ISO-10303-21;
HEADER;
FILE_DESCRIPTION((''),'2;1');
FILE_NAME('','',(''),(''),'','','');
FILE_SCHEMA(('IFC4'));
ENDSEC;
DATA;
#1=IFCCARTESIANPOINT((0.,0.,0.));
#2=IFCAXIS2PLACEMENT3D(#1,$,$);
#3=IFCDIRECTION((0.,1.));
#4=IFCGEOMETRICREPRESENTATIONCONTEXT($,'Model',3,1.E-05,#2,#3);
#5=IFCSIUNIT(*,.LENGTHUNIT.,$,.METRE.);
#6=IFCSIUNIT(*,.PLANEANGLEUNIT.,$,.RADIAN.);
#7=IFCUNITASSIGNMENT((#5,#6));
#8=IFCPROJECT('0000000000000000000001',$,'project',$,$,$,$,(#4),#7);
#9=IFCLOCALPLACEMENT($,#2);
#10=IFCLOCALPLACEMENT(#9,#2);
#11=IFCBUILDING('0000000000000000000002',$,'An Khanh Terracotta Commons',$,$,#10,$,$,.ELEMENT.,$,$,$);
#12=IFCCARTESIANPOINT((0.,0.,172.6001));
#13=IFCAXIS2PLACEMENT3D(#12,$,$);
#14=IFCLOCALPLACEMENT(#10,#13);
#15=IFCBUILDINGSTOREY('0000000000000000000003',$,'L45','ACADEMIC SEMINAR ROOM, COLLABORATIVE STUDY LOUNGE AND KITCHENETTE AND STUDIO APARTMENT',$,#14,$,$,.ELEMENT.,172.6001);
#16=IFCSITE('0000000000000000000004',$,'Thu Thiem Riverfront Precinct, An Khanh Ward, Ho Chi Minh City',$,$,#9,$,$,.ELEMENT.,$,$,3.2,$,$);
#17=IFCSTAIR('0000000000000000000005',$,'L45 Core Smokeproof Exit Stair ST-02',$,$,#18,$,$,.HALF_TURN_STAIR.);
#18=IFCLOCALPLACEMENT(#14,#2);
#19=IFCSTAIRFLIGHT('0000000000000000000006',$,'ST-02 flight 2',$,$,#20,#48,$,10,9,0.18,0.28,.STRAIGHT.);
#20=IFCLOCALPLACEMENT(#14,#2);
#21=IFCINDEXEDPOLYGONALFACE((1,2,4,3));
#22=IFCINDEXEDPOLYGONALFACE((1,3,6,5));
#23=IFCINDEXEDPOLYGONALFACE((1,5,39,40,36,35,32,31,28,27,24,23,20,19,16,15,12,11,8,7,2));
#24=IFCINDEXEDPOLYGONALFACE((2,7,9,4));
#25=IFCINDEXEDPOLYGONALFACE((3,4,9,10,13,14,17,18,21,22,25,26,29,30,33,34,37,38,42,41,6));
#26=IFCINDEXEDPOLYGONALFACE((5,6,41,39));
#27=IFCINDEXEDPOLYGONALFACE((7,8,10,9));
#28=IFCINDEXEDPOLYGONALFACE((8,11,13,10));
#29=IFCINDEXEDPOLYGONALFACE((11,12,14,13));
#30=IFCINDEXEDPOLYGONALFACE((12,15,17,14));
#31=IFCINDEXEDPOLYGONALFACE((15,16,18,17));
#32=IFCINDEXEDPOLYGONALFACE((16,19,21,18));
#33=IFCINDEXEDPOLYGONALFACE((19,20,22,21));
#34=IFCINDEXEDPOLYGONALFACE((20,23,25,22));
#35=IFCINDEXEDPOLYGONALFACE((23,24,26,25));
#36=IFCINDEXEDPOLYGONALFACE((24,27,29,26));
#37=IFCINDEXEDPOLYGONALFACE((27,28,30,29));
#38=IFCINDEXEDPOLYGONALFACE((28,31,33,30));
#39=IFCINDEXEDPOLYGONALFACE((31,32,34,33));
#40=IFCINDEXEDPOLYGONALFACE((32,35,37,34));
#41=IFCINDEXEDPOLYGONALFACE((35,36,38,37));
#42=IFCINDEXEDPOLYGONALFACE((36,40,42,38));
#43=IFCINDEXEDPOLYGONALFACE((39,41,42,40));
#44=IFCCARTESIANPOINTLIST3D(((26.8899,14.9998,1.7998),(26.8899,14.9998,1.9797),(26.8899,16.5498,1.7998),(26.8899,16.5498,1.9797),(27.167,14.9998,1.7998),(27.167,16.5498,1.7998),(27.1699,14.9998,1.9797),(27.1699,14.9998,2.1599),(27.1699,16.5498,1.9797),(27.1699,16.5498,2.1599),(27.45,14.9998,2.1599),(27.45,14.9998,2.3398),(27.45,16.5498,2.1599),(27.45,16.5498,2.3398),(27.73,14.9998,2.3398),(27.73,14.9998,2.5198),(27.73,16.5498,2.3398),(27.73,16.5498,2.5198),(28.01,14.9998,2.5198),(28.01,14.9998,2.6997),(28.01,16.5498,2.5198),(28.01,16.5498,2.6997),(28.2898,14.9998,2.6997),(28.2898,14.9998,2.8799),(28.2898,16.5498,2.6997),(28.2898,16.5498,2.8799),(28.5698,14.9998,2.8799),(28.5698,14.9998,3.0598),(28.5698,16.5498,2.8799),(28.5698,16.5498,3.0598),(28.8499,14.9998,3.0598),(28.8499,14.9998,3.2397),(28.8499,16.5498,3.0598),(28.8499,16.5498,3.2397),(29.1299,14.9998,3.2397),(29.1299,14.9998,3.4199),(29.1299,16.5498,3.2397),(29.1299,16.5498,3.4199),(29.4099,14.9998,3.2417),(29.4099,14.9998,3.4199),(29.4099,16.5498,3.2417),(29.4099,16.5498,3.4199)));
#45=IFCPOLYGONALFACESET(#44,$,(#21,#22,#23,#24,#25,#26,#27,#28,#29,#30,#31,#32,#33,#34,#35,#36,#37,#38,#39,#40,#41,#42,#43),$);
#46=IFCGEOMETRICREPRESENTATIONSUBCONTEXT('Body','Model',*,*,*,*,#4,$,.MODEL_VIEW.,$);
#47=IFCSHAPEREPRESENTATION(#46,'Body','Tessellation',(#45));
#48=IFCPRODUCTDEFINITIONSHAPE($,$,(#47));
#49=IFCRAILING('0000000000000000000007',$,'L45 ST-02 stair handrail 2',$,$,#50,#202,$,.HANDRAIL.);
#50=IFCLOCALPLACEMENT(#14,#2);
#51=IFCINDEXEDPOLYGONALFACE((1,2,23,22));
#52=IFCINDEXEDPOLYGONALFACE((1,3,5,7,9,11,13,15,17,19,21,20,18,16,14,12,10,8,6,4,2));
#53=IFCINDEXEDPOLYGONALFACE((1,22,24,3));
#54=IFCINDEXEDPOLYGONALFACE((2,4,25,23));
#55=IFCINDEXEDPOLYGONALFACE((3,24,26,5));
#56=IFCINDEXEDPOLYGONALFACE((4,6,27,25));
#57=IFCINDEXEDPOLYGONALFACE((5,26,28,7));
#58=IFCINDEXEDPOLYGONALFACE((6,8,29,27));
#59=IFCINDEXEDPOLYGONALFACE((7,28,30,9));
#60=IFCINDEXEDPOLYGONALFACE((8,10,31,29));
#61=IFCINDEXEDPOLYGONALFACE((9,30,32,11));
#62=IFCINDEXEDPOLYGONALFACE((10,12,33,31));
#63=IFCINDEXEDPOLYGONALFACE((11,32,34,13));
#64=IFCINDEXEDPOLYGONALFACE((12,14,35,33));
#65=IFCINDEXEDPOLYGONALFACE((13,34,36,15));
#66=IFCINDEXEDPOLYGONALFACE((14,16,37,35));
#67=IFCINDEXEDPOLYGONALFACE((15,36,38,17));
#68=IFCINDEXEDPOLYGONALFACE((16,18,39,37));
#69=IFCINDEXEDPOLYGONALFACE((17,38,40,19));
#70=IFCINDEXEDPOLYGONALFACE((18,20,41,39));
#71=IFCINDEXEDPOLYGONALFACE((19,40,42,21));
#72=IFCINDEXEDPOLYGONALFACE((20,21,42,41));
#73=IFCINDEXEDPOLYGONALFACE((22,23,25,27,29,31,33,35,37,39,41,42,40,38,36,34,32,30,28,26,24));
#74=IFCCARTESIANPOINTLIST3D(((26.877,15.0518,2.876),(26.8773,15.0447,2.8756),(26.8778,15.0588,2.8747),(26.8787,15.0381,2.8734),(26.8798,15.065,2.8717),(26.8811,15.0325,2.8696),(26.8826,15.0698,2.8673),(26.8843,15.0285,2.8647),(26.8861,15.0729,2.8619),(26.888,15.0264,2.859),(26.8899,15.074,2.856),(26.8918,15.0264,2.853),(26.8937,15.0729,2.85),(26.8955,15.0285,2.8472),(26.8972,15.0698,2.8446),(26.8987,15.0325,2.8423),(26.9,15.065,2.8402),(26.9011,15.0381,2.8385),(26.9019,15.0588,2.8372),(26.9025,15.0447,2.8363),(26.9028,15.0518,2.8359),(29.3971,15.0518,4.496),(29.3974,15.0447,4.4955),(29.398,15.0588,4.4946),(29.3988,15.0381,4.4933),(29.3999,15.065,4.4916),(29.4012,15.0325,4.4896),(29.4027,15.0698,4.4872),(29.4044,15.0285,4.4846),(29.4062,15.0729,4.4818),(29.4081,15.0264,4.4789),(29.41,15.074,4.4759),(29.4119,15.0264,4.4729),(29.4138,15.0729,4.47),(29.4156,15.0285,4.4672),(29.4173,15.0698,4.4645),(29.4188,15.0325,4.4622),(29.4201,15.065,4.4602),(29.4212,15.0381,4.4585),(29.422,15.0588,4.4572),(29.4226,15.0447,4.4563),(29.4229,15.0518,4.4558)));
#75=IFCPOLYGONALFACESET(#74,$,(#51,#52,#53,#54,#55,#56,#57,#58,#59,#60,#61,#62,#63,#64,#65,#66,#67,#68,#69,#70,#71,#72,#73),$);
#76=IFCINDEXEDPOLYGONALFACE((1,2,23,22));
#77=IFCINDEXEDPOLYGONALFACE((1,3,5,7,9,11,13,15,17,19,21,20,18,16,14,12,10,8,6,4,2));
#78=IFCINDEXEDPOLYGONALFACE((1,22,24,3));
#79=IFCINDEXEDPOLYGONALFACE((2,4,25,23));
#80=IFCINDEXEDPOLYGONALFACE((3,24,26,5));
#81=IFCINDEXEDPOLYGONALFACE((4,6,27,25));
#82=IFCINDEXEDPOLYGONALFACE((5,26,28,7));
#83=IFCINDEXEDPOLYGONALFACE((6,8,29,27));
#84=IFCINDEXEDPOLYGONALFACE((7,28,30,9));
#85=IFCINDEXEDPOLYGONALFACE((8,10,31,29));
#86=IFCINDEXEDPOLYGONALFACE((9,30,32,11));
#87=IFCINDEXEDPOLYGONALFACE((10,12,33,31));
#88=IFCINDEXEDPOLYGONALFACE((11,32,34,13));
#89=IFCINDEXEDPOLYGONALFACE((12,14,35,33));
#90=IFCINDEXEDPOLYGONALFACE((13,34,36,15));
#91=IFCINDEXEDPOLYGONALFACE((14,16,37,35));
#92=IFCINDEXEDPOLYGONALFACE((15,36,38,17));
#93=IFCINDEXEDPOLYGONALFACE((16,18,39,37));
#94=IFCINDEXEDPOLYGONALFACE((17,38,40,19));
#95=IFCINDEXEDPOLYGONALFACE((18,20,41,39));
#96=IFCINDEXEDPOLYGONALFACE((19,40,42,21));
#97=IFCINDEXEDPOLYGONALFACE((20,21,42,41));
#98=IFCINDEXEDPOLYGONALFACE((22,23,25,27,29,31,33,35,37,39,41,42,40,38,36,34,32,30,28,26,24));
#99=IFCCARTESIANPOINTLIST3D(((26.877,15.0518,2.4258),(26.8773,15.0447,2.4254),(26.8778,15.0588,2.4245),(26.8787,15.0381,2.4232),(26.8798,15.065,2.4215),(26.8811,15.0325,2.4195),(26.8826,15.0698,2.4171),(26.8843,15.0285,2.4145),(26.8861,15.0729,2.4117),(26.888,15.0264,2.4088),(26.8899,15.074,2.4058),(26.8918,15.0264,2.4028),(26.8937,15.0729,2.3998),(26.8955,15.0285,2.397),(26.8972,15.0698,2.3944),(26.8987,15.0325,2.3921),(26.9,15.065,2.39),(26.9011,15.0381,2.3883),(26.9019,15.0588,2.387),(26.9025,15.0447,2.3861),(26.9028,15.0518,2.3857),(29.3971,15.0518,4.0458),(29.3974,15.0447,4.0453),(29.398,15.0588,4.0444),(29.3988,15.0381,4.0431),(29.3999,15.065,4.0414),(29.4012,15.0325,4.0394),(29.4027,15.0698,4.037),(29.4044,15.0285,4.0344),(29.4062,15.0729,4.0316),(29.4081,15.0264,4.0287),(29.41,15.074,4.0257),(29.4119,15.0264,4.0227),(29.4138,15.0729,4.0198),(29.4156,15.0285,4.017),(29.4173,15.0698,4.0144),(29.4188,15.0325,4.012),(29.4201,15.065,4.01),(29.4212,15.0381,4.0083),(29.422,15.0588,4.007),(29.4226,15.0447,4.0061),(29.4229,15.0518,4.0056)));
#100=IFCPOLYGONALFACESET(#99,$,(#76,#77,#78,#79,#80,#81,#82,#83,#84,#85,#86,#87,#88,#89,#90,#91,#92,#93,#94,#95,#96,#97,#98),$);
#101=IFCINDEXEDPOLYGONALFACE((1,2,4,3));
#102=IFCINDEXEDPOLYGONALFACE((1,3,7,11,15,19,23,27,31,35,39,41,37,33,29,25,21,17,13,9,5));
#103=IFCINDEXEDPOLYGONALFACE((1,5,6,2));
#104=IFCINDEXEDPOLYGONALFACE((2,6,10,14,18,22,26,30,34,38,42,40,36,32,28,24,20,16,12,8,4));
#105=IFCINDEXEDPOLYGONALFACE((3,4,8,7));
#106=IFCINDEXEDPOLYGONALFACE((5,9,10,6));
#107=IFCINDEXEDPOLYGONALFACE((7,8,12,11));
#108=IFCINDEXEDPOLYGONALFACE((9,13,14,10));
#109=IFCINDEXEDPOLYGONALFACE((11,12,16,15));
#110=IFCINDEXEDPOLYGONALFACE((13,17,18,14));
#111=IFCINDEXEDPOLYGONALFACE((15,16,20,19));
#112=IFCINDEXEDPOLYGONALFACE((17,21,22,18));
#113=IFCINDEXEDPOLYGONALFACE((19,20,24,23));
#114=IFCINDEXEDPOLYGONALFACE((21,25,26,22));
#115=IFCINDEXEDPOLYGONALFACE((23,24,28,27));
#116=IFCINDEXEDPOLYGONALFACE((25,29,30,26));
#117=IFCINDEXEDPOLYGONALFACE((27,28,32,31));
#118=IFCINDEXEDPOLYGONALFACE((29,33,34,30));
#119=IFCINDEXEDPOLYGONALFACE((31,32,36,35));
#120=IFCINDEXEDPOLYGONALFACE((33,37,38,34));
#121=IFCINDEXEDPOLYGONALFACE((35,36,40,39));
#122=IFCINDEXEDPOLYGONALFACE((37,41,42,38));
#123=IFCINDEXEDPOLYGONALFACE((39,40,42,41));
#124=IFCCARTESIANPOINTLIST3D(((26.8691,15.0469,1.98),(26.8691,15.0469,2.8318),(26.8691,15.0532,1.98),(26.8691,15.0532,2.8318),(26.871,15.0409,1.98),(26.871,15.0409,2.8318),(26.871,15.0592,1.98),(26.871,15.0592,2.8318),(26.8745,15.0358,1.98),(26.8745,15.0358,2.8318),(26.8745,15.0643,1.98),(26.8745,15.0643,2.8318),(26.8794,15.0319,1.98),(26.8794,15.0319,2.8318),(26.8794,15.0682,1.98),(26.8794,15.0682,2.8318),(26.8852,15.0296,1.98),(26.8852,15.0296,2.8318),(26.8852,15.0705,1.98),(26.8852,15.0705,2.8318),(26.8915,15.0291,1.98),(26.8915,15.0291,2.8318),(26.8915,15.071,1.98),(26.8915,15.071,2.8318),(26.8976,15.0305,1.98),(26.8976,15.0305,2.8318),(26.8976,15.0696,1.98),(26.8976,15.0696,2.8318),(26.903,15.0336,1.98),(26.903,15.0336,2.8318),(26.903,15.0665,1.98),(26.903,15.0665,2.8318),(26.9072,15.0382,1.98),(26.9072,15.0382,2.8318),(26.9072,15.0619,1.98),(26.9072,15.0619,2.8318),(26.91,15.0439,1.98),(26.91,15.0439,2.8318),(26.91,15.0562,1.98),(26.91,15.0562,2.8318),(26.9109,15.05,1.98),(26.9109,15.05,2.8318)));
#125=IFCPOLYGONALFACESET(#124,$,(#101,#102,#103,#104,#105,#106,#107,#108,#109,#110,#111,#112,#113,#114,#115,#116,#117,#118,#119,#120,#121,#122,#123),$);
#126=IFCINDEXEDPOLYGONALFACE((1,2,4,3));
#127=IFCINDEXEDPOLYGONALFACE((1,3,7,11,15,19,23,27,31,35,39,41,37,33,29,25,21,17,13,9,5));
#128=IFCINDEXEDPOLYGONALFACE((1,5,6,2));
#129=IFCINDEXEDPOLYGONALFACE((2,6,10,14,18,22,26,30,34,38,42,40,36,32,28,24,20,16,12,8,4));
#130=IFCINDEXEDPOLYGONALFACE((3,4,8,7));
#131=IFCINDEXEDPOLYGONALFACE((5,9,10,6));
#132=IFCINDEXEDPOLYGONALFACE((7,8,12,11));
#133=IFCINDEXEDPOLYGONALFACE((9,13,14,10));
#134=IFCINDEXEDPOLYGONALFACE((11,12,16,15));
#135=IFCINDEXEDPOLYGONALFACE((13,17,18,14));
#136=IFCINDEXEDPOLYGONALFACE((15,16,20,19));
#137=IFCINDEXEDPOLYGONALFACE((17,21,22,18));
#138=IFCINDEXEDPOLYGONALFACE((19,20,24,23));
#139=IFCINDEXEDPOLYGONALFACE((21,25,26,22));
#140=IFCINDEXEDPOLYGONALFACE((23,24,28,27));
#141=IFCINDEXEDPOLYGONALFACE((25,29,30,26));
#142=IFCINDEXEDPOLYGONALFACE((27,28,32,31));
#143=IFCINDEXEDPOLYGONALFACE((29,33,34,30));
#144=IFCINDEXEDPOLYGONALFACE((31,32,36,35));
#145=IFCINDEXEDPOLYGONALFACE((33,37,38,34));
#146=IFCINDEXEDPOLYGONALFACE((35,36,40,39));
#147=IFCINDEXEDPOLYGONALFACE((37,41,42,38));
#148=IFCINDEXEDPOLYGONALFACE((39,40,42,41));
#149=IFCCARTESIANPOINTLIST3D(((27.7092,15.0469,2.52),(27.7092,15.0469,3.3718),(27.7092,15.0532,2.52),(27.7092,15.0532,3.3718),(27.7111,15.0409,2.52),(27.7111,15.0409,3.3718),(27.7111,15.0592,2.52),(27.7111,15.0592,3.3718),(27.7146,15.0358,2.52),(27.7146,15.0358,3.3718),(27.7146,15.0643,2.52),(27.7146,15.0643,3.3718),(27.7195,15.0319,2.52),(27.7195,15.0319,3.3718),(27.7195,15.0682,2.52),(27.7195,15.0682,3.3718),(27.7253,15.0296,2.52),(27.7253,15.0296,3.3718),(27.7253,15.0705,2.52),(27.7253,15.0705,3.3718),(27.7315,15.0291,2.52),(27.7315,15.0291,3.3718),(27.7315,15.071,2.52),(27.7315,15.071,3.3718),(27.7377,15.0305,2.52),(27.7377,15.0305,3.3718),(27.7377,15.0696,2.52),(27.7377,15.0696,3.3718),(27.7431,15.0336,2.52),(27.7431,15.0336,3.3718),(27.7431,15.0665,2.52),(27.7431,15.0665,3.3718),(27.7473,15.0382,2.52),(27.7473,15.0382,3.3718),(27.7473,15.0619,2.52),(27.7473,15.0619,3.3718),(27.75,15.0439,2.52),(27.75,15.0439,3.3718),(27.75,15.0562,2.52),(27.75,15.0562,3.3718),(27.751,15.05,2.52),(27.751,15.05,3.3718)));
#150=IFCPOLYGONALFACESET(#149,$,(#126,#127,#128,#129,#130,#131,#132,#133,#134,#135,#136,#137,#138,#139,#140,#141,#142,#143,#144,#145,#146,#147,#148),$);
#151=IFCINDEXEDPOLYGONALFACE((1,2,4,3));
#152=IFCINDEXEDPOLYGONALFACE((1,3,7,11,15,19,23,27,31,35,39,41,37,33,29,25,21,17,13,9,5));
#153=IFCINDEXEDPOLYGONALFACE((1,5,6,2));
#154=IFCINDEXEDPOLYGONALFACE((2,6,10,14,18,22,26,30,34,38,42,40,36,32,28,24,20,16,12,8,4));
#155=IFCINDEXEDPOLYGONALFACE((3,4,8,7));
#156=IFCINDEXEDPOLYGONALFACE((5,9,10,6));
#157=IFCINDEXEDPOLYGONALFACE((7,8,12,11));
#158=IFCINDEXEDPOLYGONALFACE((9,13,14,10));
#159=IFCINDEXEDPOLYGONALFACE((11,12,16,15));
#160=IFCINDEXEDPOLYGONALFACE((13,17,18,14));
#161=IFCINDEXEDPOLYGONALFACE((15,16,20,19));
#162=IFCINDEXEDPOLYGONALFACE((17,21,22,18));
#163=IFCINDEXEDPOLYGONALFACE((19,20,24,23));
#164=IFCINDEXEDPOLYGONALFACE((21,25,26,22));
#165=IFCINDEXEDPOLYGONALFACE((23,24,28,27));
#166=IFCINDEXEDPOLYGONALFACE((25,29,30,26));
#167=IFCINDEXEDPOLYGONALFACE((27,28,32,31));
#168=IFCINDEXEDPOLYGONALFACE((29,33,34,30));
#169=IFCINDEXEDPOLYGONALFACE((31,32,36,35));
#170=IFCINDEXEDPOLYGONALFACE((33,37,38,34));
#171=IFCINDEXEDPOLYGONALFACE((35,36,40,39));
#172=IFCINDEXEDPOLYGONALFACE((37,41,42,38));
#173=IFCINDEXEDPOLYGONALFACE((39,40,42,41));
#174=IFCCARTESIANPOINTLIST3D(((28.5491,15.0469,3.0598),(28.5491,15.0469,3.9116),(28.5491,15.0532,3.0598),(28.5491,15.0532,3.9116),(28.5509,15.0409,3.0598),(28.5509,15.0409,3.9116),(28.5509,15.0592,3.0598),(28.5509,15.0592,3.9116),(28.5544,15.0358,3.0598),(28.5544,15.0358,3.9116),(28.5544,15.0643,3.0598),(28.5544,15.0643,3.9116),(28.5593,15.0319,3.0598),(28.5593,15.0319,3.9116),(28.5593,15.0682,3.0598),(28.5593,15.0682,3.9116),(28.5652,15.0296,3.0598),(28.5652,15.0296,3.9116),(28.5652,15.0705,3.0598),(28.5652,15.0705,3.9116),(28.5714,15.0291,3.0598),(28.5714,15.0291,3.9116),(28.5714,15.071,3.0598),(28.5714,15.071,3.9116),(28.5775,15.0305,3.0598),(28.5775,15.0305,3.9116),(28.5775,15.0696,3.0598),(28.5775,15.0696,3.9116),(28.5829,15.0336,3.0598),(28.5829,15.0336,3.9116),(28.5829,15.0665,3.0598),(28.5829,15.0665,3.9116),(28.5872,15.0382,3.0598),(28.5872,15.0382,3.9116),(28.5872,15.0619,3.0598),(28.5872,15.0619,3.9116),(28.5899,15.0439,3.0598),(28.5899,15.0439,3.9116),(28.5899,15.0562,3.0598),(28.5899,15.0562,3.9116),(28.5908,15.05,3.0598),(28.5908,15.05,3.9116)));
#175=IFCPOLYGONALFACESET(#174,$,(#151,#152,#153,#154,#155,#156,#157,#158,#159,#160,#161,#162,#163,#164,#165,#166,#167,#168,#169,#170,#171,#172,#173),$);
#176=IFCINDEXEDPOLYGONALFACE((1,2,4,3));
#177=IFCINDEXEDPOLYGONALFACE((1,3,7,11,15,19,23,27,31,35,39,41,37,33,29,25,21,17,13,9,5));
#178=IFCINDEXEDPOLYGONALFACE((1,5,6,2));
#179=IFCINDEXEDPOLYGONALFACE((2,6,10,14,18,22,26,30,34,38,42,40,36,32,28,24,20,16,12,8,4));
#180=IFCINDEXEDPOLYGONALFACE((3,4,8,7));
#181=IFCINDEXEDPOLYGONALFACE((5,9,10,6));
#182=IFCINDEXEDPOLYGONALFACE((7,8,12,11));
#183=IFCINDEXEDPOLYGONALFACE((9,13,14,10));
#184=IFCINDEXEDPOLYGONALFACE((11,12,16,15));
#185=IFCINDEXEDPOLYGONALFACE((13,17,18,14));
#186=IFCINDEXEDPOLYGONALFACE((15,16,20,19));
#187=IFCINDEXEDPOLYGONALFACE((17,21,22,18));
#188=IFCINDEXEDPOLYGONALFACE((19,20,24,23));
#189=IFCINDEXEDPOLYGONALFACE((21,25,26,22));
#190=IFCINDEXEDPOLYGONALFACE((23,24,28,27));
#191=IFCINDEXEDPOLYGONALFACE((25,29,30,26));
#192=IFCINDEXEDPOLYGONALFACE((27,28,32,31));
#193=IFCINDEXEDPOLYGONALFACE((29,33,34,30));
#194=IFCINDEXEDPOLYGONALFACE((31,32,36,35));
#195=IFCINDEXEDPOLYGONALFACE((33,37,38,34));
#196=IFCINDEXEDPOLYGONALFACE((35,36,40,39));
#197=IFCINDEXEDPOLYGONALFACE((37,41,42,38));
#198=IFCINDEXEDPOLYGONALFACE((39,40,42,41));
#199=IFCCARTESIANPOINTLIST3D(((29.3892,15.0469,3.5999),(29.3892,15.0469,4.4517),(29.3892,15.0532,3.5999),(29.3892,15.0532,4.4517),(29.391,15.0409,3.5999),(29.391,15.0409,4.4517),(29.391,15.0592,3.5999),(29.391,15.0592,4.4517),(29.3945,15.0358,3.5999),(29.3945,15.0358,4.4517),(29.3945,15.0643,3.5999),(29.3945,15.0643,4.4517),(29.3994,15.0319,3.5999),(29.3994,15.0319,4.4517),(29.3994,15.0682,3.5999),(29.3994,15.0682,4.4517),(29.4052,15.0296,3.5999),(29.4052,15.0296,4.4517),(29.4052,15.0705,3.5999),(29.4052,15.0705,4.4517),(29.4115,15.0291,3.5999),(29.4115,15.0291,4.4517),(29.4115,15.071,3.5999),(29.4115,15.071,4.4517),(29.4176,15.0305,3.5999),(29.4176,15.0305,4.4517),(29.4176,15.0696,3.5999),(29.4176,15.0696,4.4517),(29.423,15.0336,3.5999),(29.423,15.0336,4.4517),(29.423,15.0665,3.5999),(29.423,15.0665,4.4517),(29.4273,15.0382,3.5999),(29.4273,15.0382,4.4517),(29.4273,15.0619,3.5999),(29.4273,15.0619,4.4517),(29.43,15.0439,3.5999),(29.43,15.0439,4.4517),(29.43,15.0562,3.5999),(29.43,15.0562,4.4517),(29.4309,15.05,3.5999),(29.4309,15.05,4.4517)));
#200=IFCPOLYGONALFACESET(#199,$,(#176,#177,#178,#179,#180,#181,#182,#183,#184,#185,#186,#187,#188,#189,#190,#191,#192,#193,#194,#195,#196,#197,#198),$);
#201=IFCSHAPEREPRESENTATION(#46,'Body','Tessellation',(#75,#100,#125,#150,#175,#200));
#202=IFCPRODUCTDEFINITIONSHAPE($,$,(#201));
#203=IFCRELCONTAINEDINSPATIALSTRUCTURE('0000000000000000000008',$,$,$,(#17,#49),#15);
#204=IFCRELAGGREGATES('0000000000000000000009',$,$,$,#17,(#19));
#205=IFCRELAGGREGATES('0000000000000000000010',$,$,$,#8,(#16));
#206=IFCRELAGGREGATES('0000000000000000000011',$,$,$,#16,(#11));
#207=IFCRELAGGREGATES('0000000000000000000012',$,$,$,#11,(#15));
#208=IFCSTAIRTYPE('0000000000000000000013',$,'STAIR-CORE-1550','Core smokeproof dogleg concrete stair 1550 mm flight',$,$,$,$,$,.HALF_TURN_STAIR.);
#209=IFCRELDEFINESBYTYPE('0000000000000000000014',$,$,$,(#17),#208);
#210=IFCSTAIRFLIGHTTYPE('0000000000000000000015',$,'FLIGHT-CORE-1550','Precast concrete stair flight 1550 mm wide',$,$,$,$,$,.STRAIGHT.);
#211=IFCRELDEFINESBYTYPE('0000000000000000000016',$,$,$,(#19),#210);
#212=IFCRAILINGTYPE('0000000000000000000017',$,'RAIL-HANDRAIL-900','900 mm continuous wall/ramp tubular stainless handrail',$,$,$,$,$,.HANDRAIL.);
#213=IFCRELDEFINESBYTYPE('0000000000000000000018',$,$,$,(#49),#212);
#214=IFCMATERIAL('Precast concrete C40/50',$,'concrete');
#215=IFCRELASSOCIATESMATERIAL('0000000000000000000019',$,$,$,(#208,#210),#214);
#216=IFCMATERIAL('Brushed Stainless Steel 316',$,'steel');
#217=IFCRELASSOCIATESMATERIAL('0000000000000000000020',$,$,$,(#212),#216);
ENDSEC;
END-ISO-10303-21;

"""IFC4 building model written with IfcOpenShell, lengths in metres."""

from ifc_helpers import new_model, si_unit, direction, frame, origin, origin_2d, place, context, subcontext, project, spatial, polyline, circle, outline, extrude, material, type_object, element, aggregate, save


model = new_model("IFC4")

# Units and contexts
model_context = context("Model", 3, precision=1e-05, world=origin(), true_north=direction((0.0, 1.0)))
body_context = subcontext(model_context, "Body", "Model", "MODEL_VIEW")
ifc_project = project(units=[si_unit("LENGTHUNIT", "METRE"), si_unit("PLANEANGLEUNIT", "RADIAN")], contexts=[model_context])

# Site, building, storey
site_placement = place(None, origin())
site = spatial("IfcSite", under=ifc_project, at=site_placement, Name="Thu Thiem Riverfront Precinct, An Khanh Ward, Ho Chi Minh City", CompositionType="ELEMENT", RefElevation=3.2)
building_placement = place(site_placement, origin())
building = spatial("IfcBuilding", under=site, at=building_placement, Name="An Khanh Terracotta Commons", CompositionType="ELEMENT")
storey_placement = place(building_placement, frame((0.0, 0.0, 172.6001)))
storey = spatial("IfcBuildingStorey", under=building, at=storey_placement, Name="L45", Description="ACADEMIC SEMINAR ROOM, COLLABORATIVE STUDY LOUNGE AND KITCHENETTE AND STUDIO APARTMENT", CompositionType="ELEMENT", Elevation=172.6001)

# Stair, stair flight
ifc_material_1 = material(Name="Precast concrete C40/50", Category="concrete")
stair_type = type_object("IfcStairType", Name="STAIR-CORE-1550", Description="Core smokeproof dogleg concrete stair 1550 mm flight", PredefinedType="HALF_TURN_STAIR", material=ifc_material_1)
stair_placement = place(storey_placement, origin())
stair = element("IfcStair", 1, at=stair_placement, inside=storey, type_object=stair_type, Name="L45 Core Smokeproof Exit Stair ST-02", PredefinedType="HALF_TURN_STAIR")
stair_flight_type = type_object("IfcStairFlightType", Name="FLIGHT-CORE-1550", Description="Precast concrete stair flight 1550 mm wide", PredefinedType="STRAIGHT", material=ifc_material_1)
stair_flight_placement = place(storey_placement, frame((26.8899, 15.7749, 1.7998), z_axis=(0.0, 0.0, 1.0), x_axis=(1.0, 0.0, 0.0)))
stair_flight = element("IfcStairFlight", 2, at=stair_flight_placement, type_object=stair_flight_type, Name="ST-02 flight 2", NumberOfRisers=10, NumberOfTreads=9, PredefinedType="STRAIGHT", RiserHeight=0.18, TreadLength=0.28, context=body_context, shape_type="SweptSolid", body=[
    extrude(outline(polyline([(0.0, 0.0), (0.0, 0.1799), (0.28, 0.1799), (0.28, 0.3601), (0.5601, 0.3601), (0.5601, 0.54), (0.8401, 0.54), (0.8401, 0.72), (1.1201, 0.72), (1.1201, 0.8999), (1.3999, 0.8999), (1.3999, 1.0801), (1.6799, 1.0801), (1.6799, 1.26), (1.96, 1.26), (1.96, 1.4399), (2.24, 1.4399), (2.24, 1.6201), (2.52, 1.6201), (2.52, 1.8), (2.52, 1.4419), (0.2771, 0.0), (0.0, 0.0)])), frame((0.0, 0.7749, 0.0), z_axis=(0.0, -1.0, 0.0), x_axis=(1.0, 0.0, 0.0)), (0.0, 0.0, 1.0), 1.55),
])
aggregate(stair, [stair_flight])

# Railing
ifc_material_2 = material(Name="Brushed Stainless Steel 316", Category="steel")
railing_type_1 = type_object("IfcRailingType", Name="RAIL-HANDRAIL-900", Description="900 mm continuous wall/ramp tubular stainless handrail", PredefinedType="HANDRAIL", material=ifc_material_2)
railing_1_placement = place(storey_placement, frame((26.8899, 15.05, 1.98)))
element("IfcRailing", 3, at=railing_1_placement, inside=storey, type_object=railing_type_1, Name="L45 ST-02 stair handrail 2", PredefinedType="HANDRAIL", context=body_context, shape_type="SweptSolid", body=[
    extrude(circle(Radius=0.0239, at=origin_2d()), frame((0.0, 0.0, 0.876), z_axis=(0.8412, 0.0, 0.540725), x_axis=(0.0, 1.0, 0.0)), (0.0, 0.0, 1.0), 2.9958),
    extrude(circle(Radius=0.0239, at=origin_2d()), frame((0.0, 0.0, 0.4258), z_axis=(0.8412, 0.0, 0.540725), x_axis=(0.0, 1.0, 0.0)), (0.0, 0.0, 1.0), 2.9958),
    extrude(circle(Radius=0.021, at=origin_2d()), origin(), (0.0, 0.0, 1.0), 0.8518),
    extrude(circle(Radius=0.021, at=origin_2d()), frame((0.8401, 0.0, 0.54)), (0.0, 0.0, 1.0), 0.8518),
    extrude(circle(Radius=0.021, at=origin_2d()), frame((1.6799, 0.0, 1.0798)), (0.0, 0.0, 1.0), 0.8518),
    extrude(circle(Radius=0.021, at=origin_2d()), frame((2.52, 0.0, 1.6199)), (0.0, 0.0, 1.0), 0.8518),
])

save(model, "model.ifc")
